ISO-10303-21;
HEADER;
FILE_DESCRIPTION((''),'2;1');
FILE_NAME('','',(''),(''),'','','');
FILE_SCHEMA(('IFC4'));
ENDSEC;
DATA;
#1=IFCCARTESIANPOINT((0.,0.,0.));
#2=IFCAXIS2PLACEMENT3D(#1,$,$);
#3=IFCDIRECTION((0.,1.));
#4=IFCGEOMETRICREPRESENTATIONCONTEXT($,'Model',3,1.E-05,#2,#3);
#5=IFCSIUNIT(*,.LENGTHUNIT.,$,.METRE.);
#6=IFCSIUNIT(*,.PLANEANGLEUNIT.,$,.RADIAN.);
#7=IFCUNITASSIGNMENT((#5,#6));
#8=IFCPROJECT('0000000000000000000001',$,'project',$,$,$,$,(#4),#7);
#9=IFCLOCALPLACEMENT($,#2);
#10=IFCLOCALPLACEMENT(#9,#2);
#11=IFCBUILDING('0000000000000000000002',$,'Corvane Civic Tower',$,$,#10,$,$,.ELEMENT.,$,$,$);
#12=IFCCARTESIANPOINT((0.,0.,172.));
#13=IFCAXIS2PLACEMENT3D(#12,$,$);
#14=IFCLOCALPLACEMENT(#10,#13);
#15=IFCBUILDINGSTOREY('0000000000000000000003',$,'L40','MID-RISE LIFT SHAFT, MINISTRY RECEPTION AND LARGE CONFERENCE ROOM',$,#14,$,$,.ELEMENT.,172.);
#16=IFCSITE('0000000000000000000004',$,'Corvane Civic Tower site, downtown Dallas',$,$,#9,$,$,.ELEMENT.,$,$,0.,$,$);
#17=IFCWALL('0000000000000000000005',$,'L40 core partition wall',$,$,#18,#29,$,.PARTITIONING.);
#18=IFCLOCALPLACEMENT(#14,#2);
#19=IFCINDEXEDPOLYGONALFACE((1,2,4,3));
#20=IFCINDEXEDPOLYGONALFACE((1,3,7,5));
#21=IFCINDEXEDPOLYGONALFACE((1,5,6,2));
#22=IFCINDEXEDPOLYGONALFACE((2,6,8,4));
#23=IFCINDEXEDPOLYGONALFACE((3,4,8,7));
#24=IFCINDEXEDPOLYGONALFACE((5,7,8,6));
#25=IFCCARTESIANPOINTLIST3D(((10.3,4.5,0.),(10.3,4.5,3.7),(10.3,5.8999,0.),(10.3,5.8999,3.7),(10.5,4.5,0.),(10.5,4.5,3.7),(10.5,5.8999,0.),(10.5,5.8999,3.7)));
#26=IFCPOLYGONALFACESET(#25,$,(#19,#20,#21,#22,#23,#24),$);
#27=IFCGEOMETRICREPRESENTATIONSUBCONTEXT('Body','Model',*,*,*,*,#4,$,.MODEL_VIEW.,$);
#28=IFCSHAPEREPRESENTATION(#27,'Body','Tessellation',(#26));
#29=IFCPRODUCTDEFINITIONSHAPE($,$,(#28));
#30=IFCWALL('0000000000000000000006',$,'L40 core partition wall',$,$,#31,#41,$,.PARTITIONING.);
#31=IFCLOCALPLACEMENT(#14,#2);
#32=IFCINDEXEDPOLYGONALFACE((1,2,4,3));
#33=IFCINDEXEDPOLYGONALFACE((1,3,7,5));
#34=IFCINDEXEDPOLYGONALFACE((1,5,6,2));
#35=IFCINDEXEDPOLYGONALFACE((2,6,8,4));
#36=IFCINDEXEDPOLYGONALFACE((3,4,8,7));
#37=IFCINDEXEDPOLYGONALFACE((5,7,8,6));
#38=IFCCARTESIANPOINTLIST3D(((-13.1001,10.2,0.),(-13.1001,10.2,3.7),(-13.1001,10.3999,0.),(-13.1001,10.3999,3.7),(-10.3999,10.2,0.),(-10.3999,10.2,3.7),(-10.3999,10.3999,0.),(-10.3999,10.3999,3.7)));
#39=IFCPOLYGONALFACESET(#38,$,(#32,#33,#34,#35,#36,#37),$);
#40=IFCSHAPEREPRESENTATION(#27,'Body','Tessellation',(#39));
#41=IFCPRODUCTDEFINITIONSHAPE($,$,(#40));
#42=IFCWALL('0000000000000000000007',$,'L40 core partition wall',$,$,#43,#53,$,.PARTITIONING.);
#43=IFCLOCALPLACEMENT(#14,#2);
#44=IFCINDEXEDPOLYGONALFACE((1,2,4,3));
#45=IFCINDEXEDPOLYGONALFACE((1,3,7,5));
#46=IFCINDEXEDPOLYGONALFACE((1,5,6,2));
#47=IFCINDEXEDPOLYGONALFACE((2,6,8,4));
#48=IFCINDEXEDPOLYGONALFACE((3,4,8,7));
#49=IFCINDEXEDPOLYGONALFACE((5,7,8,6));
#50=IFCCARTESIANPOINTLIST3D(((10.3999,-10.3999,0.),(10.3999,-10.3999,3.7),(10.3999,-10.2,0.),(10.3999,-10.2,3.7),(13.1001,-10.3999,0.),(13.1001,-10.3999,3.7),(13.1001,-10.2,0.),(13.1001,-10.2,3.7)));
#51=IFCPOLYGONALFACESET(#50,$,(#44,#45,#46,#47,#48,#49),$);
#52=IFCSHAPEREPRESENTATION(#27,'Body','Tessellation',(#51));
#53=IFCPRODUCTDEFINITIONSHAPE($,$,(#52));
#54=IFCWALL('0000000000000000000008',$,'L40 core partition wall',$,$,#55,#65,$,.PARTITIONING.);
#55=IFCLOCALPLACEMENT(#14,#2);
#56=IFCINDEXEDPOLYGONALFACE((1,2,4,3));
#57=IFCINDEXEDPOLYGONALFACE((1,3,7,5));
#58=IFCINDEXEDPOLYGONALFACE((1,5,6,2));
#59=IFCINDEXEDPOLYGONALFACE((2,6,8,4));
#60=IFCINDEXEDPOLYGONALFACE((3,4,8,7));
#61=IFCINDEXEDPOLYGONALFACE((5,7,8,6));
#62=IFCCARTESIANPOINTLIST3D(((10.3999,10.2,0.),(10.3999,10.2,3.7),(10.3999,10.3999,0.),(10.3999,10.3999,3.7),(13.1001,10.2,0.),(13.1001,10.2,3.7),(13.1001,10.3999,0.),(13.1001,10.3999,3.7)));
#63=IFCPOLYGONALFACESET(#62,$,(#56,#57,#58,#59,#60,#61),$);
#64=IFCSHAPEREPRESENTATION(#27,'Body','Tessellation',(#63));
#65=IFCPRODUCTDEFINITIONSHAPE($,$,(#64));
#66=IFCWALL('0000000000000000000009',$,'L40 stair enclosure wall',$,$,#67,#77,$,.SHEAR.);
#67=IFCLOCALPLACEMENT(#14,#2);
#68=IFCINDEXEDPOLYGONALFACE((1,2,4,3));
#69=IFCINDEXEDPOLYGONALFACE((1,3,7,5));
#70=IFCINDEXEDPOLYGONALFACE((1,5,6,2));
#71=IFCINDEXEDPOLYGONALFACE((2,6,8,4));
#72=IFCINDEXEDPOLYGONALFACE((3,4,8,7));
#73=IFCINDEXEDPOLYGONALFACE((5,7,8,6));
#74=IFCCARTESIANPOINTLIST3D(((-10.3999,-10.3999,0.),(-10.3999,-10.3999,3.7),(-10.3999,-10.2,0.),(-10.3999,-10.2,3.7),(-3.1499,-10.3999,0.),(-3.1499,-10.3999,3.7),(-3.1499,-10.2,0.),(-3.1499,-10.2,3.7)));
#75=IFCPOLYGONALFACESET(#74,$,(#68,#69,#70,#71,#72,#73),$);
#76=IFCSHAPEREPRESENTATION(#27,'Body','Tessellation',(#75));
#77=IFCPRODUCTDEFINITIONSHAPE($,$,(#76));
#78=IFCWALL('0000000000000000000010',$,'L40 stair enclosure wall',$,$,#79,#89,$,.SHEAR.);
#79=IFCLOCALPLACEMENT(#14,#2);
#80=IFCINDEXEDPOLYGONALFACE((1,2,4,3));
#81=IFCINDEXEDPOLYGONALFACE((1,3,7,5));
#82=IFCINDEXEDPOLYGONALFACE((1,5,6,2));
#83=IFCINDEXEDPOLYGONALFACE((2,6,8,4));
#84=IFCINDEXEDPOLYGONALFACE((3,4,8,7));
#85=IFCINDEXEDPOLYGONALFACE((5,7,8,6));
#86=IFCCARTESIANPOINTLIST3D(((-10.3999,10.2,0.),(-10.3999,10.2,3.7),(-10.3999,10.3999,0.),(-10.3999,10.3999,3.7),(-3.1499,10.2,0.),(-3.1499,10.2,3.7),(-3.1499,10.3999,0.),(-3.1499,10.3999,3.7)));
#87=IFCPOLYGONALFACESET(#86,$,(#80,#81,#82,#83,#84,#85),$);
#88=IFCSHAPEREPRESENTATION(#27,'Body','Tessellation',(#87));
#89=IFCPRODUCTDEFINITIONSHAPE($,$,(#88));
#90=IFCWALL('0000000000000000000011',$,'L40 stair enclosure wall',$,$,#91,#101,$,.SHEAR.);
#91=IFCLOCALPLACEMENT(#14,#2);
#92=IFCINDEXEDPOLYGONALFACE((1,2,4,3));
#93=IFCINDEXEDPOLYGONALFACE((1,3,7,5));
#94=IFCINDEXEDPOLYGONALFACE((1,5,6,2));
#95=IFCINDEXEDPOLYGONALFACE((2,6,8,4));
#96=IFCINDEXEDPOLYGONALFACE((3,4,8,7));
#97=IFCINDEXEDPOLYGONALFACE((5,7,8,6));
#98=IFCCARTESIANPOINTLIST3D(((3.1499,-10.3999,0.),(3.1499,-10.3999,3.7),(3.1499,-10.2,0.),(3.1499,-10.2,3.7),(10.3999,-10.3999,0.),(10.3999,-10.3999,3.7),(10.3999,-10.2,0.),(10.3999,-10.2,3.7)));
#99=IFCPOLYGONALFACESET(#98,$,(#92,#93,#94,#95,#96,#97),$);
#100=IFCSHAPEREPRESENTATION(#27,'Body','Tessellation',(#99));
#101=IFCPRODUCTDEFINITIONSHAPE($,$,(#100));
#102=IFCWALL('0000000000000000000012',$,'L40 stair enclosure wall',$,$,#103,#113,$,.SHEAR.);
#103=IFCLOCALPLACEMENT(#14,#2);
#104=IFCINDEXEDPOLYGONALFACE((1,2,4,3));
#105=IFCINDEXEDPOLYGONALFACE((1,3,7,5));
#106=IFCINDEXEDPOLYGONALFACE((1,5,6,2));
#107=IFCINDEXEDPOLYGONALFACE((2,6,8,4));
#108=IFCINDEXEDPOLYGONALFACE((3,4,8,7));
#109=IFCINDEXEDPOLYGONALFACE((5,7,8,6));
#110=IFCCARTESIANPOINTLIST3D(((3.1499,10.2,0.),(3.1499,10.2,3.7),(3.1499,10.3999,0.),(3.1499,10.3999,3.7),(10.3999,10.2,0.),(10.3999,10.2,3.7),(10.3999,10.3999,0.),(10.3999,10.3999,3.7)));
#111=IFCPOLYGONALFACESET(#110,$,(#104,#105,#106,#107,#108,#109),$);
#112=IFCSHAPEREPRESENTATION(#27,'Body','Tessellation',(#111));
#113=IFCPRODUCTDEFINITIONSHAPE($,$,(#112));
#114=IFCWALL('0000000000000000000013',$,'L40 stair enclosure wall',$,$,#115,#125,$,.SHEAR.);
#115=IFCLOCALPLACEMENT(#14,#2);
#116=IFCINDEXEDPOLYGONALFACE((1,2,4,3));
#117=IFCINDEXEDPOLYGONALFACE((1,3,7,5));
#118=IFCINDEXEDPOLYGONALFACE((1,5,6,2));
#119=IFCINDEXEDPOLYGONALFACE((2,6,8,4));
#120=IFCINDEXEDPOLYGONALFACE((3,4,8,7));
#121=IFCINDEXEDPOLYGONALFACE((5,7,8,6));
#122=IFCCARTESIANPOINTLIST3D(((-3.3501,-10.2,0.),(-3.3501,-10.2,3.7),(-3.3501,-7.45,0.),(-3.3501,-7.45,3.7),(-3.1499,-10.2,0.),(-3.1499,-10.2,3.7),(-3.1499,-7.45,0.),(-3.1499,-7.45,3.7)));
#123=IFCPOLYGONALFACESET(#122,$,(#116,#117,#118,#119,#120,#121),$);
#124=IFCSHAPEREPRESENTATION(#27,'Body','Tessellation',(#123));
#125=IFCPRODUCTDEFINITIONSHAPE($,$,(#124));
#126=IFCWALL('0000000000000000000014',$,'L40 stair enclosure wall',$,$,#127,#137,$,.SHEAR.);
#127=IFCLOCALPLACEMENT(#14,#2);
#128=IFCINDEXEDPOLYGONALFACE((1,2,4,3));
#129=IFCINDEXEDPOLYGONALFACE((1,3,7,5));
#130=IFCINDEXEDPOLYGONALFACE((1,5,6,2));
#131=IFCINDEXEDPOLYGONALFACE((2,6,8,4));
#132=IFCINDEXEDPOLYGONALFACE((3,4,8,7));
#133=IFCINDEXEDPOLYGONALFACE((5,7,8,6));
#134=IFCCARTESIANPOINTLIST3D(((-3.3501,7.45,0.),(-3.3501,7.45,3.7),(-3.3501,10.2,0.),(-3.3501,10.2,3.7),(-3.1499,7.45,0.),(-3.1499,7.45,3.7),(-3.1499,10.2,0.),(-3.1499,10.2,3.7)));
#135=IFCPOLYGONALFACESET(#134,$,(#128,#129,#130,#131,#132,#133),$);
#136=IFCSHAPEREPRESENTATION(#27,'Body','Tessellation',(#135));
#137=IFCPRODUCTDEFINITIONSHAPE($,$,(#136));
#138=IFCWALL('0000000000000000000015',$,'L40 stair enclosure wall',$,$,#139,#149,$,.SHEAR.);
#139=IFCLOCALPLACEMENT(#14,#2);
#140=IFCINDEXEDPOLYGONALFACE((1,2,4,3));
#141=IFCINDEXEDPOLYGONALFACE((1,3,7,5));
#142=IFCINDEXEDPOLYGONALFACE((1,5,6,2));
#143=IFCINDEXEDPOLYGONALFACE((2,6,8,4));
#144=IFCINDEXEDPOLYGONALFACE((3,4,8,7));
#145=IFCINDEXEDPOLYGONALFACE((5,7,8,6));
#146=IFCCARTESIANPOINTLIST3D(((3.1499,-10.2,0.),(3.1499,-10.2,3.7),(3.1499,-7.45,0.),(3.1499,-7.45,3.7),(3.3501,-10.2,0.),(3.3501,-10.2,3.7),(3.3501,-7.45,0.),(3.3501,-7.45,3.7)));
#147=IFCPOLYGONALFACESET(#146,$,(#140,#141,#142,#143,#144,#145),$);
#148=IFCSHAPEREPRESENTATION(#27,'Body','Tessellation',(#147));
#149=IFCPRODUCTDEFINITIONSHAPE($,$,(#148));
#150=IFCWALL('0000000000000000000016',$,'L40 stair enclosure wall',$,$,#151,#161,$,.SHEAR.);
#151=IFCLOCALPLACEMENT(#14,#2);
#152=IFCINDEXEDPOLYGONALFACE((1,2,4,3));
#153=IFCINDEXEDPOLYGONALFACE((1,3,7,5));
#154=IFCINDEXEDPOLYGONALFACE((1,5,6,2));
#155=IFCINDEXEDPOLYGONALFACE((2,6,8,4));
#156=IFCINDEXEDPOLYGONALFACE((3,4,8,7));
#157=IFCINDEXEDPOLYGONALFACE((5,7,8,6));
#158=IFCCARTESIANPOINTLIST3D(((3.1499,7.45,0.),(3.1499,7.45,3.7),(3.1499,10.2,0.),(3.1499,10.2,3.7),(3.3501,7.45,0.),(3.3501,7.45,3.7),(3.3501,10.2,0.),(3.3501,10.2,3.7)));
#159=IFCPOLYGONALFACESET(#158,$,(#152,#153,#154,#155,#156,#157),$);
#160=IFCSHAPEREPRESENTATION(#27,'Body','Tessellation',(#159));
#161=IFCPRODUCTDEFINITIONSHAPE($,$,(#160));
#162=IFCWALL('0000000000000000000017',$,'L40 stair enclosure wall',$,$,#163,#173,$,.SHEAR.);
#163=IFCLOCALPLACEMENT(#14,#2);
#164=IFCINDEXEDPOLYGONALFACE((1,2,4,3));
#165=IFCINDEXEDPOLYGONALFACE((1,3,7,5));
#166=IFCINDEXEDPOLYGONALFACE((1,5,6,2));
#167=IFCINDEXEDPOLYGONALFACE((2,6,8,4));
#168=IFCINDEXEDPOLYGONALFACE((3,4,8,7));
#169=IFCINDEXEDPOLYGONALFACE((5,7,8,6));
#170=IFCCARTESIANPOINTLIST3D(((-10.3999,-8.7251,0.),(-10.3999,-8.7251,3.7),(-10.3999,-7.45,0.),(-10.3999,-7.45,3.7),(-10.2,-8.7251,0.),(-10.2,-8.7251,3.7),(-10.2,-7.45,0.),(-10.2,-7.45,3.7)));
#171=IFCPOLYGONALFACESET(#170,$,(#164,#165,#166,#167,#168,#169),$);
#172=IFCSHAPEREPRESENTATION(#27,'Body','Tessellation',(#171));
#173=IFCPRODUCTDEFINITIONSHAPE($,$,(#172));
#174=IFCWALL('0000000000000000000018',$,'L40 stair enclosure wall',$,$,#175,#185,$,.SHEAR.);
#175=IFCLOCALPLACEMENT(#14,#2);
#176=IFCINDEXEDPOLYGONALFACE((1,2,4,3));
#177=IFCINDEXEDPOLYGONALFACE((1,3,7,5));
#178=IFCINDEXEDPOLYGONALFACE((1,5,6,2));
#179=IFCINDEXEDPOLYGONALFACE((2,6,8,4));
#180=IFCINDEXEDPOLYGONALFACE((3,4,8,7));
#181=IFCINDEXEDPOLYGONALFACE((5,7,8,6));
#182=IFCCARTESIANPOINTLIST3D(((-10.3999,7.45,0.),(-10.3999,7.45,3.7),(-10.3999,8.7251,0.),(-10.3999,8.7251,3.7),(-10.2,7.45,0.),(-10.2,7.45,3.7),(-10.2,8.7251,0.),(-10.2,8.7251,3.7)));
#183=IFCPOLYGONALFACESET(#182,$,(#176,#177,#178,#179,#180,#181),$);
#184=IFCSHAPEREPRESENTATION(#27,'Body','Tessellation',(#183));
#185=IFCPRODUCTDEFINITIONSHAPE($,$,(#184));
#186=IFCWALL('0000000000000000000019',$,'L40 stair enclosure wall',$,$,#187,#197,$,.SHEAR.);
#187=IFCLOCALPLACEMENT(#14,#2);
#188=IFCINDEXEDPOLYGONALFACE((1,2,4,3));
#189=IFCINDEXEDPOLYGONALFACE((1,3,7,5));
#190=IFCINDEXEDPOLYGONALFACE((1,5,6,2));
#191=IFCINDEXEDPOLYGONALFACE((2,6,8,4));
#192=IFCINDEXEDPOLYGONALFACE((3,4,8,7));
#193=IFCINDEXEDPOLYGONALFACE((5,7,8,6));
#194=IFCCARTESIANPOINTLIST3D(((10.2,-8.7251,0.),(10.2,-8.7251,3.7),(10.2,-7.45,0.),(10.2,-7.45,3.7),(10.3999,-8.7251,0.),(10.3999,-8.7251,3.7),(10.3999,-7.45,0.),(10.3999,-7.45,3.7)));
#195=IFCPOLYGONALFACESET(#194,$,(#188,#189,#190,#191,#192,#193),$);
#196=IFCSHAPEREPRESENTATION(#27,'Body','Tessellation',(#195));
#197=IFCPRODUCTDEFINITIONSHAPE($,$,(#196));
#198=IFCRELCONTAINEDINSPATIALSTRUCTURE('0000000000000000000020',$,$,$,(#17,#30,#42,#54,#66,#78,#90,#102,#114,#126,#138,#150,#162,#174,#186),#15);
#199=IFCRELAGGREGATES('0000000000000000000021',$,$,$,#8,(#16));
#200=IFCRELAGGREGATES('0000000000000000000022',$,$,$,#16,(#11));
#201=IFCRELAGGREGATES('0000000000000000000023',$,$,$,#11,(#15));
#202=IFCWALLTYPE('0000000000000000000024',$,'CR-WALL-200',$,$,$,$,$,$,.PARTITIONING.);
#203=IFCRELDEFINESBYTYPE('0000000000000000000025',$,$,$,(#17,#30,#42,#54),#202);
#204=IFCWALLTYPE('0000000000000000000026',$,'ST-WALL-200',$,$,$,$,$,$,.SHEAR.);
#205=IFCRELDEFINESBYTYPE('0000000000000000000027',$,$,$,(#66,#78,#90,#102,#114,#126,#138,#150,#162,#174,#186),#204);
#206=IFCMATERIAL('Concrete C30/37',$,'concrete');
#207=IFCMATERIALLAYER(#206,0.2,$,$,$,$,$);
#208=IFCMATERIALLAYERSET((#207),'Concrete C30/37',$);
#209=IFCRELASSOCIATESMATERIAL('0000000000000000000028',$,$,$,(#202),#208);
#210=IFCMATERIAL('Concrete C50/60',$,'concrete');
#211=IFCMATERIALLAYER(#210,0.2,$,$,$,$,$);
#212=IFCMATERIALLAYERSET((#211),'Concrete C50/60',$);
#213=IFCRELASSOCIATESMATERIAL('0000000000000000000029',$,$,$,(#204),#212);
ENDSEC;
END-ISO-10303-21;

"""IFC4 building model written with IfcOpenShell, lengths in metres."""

from ifc_helpers import new_model, si_unit, direction, frame, origin, place, context, subcontext, project, spatial, polyline, outline, extrude, material, layer, layer_set, type_object, element, save


model = new_model("IFC4")

# Units and contexts
model_context = context("Model", 3, precision=1e-05, world=origin(), true_north=direction((0.0, 1.0)))
body_context = subcontext(model_context, "Body", "Model", "MODEL_VIEW")
ifc_project = project(units=[si_unit("LENGTHUNIT", "METRE"), si_unit("PLANEANGLEUNIT", "RADIAN")], contexts=[model_context])

# Site, building, storey
site_placement = place(None, origin())
site = spatial("IfcSite", under=ifc_project, at=site_placement, Name="Corvane Civic Tower site, downtown Dallas", CompositionType="ELEMENT", RefElevation=0.0)
building_placement = place(site_placement, origin())
building = spatial("IfcBuilding", under=site, at=building_placement, Name="Corvane Civic Tower", CompositionType="ELEMENT")
storey_placement = place(building_placement, frame((0.0, 0.0, 172.0)))
storey = spatial("IfcBuildingStorey", under=building, at=storey_placement, Name="L40", Description="MID-RISE LIFT SHAFT, MINISTRY RECEPTION AND LARGE CONFERENCE ROOM", CompositionType="ELEMENT", Elevation=172.0)

# Walls
ifc_material_1 = material(Name="Concrete C30/37", Category="concrete")
ifc_layer_1 = layer(ifc_material_1, 0.2)
ifc_layer_set_1 = layer_set([ifc_layer_1], Name="Concrete C30/37")
wall_type_1 = type_object("IfcWallType", Name="CR-WALL-200", PredefinedType="PARTITIONING", material=ifc_layer_set_1)
wall_1_placement = place(storey_placement, origin())
element("IfcWall", 1, at=wall_1_placement, inside=storey, type_object=wall_type_1, Name="L40 core partition wall", PredefinedType="PARTITIONING", context=body_context, shape_type="SweptSolid", body=[
    extrude(outline(polyline([(10.5, 4.5), (10.3, 4.5), (10.3, 5.8999), (10.5, 5.8999), (10.5, 4.5)])), origin(), (0.0, 0.0, 1.0), 3.7),
])
wall_2_placement = place(storey_placement, origin())
element("IfcWall", 2, at=wall_2_placement, inside=storey, type_object=wall_type_1, Name="L40 core partition wall", PredefinedType="PARTITIONING", context=body_context, shape_type="SweptSolid", body=[
    extrude(outline(polyline([(-13.1001, 10.2), (-13.1001, 10.3999), (-10.3999, 10.3999), (-10.3999, 10.2), (-13.1001, 10.2)])), origin(), (0.0, 0.0, 1.0), 3.7),
])
wall_3_placement = place(storey_placement, origin())
element("IfcWall", 3, at=wall_3_placement, inside=storey, type_object=wall_type_1, Name="L40 core partition wall", PredefinedType="PARTITIONING", context=body_context, shape_type="SweptSolid", body=[
    extrude(outline(polyline([(10.3999, -10.3999), (10.3999, -10.2), (13.1001, -10.2), (13.1001, -10.3999), (10.3999, -10.3999)])), origin(), (0.0, 0.0, 1.0), 3.7),
])
wall_4_placement = place(storey_placement, origin())
element("IfcWall", 4, at=wall_4_placement, inside=storey, type_object=wall_type_1, Name="L40 core partition wall", PredefinedType="PARTITIONING", context=body_context, shape_type="SweptSolid", body=[
    extrude(outline(polyline([(10.3999, 10.2), (10.3999, 10.3999), (13.1001, 10.3999), (13.1001, 10.2), (10.3999, 10.2)])), origin(), (0.0, 0.0, 1.0), 3.7),
])
ifc_material_2 = material(Name="Concrete C50/60", Category="concrete")
ifc_layer_2 = layer(ifc_material_2, 0.2)
ifc_layer_set_2 = layer_set([ifc_layer_2], Name="Concrete C50/60")
wall_type_2 = type_object("IfcWallType", Name="ST-WALL-200", PredefinedType="SHEAR", material=ifc_layer_set_2)
wall_5_placement = place(storey_placement, origin())
element("IfcWall", 5, at=wall_5_placement, inside=storey, type_object=wall_type_2, Name="L40 stair enclosure wall", PredefinedType="SHEAR", context=body_context, shape_type="SweptSolid", body=[
    extrude(outline(polyline([(-3.1499, -10.2), (-3.1499, -10.3999), (-10.3999, -10.3999), (-10.3999, -10.2), (-3.1499, -10.2)])), origin(), (0.0, 0.0, 1.0), 3.7),
])
wall_6_placement = place(storey_placement, origin())
element("IfcWall", 6, at=wall_6_placement, inside=storey, type_object=wall_type_2, Name="L40 stair enclosure wall", PredefinedType="SHEAR", context=body_context, shape_type="SweptSolid", body=[
    extrude(outline(polyline([(-3.1499, 10.2), (-10.3999, 10.2), (-10.3999, 10.3999), (-3.1499, 10.3999), (-3.1499, 10.2)])), origin(), (0.0, 0.0, 1.0), 3.7),
])
wall_7_placement = place(storey_placement, origin())
element("IfcWall", 7, at=wall_7_placement, inside=storey, type_object=wall_type_2, Name="L40 stair enclosure wall", PredefinedType="SHEAR", context=body_context, shape_type="SweptSolid", body=[
    extrude(outline(polyline([(10.3999, -10.3999), (3.1499, -10.3999), (3.1499, -10.2), (10.3999, -10.2), (10.3999, -10.3999)])), origin(), (0.0, 0.0, 1.0), 3.7),
])
wall_8_placement = place(storey_placement, origin())
element("IfcWall", 8, at=wall_8_placement, inside=storey, type_object=wall_type_2, Name="L40 stair enclosure wall", PredefinedType="SHEAR", context=body_context, shape_type="SweptSolid", body=[
    extrude(outline(polyline([(10.3999, 10.2), (3.1499, 10.2), (3.1499, 10.3999), (10.3999, 10.3999), (10.3999, 10.2)])), origin(), (0.0, 0.0, 1.0), 3.7),
])
wall_9_placement = place(storey_placement, origin())
element("IfcWall", 9, at=wall_9_placement, inside=storey, type_object=wall_type_2, Name="L40 stair enclosure wall", PredefinedType="SHEAR", context=body_context, shape_type="SweptSolid", body=[
    extrude(outline(polyline([(-3.1499, -7.45), (-3.1499, -10.2), (-3.3501, -10.2), (-3.3501, -7.45), (-3.1499, -7.45)])), origin(), (0.0, 0.0, 1.0), 3.7),
])
wall_10_placement = place(storey_placement, origin())
element("IfcWall", 10, at=wall_10_placement, inside=storey, type_object=wall_type_2, Name="L40 stair enclosure wall", PredefinedType="SHEAR", context=body_context, shape_type="SweptSolid", body=[
    extrude(outline(polyline([(-3.1499, 7.45), (-3.3501, 7.45), (-3.3501, 10.2), (-3.1499, 10.2), (-3.1499, 7.45)])), origin(), (0.0, 0.0, 1.0), 3.7),
])
wall_11_placement = place(storey_placement, origin())
element("IfcWall", 11, at=wall_11_placement, inside=storey, type_object=wall_type_2, Name="L40 stair enclosure wall", PredefinedType="SHEAR", context=body_context, shape_type="SweptSolid", body=[
    extrude(outline(polyline([(3.3501, -7.45), (3.3501, -10.2), (3.1499, -10.2), (3.1499, -7.45), (3.3501, -7.45)])), origin(), (0.0, 0.0, 1.0), 3.7),
])
wall_12_placement = place(storey_placement, origin())
element("IfcWall", 12, at=wall_12_placement, inside=storey, type_object=wall_type_2, Name="L40 stair enclosure wall", PredefinedType="SHEAR", context=body_context, shape_type="SweptSolid", body=[
    extrude(outline(polyline([(3.3501, 7.45), (3.1499, 7.45), (3.1499, 10.2), (3.3501, 10.2), (3.3501, 7.45)])), origin(), (0.0, 0.0, 1.0), 3.7),
])
wall_13_placement = place(storey_placement, origin())
element("IfcWall", 13, at=wall_13_placement, inside=storey, type_object=wall_type_2, Name="L40 stair enclosure wall", PredefinedType="SHEAR", context=body_context, shape_type="SweptSolid", body=[
    extrude(outline(polyline([(-10.2, -7.45), (-10.2, -8.7251), (-10.3999, -8.7251), (-10.3999, -7.45), (-10.2, -7.45)])), origin(), (0.0, 0.0, 1.0), 3.7),
])
wall_14_placement = place(storey_placement, origin())
element("IfcWall", 14, at=wall_14_placement, inside=storey, type_object=wall_type_2, Name="L40 stair enclosure wall", PredefinedType="SHEAR", context=body_context, shape_type="SweptSolid", body=[
    extrude(outline(polyline([(-10.2, 8.7251), (-10.2, 7.45), (-10.3999, 7.45), (-10.3999, 8.7251), (-10.2, 8.7251)])), origin(), (0.0, 0.0, 1.0), 3.7),
])
wall_15_placement = place(storey_placement, origin())
element("IfcWall", 15, at=wall_15_placement, inside=storey, type_object=wall_type_2, Name="L40 stair enclosure wall", PredefinedType="SHEAR", context=body_context, shape_type="SweptSolid", body=[
    extrude(outline(polyline([(10.3999, -7.45), (10.3999, -8.7251), (10.2, -8.7251), (10.2, -7.45), (10.3999, -7.45)])), origin(), (0.0, 0.0, 1.0), 3.7),
])

save(model, "model.ifc")
